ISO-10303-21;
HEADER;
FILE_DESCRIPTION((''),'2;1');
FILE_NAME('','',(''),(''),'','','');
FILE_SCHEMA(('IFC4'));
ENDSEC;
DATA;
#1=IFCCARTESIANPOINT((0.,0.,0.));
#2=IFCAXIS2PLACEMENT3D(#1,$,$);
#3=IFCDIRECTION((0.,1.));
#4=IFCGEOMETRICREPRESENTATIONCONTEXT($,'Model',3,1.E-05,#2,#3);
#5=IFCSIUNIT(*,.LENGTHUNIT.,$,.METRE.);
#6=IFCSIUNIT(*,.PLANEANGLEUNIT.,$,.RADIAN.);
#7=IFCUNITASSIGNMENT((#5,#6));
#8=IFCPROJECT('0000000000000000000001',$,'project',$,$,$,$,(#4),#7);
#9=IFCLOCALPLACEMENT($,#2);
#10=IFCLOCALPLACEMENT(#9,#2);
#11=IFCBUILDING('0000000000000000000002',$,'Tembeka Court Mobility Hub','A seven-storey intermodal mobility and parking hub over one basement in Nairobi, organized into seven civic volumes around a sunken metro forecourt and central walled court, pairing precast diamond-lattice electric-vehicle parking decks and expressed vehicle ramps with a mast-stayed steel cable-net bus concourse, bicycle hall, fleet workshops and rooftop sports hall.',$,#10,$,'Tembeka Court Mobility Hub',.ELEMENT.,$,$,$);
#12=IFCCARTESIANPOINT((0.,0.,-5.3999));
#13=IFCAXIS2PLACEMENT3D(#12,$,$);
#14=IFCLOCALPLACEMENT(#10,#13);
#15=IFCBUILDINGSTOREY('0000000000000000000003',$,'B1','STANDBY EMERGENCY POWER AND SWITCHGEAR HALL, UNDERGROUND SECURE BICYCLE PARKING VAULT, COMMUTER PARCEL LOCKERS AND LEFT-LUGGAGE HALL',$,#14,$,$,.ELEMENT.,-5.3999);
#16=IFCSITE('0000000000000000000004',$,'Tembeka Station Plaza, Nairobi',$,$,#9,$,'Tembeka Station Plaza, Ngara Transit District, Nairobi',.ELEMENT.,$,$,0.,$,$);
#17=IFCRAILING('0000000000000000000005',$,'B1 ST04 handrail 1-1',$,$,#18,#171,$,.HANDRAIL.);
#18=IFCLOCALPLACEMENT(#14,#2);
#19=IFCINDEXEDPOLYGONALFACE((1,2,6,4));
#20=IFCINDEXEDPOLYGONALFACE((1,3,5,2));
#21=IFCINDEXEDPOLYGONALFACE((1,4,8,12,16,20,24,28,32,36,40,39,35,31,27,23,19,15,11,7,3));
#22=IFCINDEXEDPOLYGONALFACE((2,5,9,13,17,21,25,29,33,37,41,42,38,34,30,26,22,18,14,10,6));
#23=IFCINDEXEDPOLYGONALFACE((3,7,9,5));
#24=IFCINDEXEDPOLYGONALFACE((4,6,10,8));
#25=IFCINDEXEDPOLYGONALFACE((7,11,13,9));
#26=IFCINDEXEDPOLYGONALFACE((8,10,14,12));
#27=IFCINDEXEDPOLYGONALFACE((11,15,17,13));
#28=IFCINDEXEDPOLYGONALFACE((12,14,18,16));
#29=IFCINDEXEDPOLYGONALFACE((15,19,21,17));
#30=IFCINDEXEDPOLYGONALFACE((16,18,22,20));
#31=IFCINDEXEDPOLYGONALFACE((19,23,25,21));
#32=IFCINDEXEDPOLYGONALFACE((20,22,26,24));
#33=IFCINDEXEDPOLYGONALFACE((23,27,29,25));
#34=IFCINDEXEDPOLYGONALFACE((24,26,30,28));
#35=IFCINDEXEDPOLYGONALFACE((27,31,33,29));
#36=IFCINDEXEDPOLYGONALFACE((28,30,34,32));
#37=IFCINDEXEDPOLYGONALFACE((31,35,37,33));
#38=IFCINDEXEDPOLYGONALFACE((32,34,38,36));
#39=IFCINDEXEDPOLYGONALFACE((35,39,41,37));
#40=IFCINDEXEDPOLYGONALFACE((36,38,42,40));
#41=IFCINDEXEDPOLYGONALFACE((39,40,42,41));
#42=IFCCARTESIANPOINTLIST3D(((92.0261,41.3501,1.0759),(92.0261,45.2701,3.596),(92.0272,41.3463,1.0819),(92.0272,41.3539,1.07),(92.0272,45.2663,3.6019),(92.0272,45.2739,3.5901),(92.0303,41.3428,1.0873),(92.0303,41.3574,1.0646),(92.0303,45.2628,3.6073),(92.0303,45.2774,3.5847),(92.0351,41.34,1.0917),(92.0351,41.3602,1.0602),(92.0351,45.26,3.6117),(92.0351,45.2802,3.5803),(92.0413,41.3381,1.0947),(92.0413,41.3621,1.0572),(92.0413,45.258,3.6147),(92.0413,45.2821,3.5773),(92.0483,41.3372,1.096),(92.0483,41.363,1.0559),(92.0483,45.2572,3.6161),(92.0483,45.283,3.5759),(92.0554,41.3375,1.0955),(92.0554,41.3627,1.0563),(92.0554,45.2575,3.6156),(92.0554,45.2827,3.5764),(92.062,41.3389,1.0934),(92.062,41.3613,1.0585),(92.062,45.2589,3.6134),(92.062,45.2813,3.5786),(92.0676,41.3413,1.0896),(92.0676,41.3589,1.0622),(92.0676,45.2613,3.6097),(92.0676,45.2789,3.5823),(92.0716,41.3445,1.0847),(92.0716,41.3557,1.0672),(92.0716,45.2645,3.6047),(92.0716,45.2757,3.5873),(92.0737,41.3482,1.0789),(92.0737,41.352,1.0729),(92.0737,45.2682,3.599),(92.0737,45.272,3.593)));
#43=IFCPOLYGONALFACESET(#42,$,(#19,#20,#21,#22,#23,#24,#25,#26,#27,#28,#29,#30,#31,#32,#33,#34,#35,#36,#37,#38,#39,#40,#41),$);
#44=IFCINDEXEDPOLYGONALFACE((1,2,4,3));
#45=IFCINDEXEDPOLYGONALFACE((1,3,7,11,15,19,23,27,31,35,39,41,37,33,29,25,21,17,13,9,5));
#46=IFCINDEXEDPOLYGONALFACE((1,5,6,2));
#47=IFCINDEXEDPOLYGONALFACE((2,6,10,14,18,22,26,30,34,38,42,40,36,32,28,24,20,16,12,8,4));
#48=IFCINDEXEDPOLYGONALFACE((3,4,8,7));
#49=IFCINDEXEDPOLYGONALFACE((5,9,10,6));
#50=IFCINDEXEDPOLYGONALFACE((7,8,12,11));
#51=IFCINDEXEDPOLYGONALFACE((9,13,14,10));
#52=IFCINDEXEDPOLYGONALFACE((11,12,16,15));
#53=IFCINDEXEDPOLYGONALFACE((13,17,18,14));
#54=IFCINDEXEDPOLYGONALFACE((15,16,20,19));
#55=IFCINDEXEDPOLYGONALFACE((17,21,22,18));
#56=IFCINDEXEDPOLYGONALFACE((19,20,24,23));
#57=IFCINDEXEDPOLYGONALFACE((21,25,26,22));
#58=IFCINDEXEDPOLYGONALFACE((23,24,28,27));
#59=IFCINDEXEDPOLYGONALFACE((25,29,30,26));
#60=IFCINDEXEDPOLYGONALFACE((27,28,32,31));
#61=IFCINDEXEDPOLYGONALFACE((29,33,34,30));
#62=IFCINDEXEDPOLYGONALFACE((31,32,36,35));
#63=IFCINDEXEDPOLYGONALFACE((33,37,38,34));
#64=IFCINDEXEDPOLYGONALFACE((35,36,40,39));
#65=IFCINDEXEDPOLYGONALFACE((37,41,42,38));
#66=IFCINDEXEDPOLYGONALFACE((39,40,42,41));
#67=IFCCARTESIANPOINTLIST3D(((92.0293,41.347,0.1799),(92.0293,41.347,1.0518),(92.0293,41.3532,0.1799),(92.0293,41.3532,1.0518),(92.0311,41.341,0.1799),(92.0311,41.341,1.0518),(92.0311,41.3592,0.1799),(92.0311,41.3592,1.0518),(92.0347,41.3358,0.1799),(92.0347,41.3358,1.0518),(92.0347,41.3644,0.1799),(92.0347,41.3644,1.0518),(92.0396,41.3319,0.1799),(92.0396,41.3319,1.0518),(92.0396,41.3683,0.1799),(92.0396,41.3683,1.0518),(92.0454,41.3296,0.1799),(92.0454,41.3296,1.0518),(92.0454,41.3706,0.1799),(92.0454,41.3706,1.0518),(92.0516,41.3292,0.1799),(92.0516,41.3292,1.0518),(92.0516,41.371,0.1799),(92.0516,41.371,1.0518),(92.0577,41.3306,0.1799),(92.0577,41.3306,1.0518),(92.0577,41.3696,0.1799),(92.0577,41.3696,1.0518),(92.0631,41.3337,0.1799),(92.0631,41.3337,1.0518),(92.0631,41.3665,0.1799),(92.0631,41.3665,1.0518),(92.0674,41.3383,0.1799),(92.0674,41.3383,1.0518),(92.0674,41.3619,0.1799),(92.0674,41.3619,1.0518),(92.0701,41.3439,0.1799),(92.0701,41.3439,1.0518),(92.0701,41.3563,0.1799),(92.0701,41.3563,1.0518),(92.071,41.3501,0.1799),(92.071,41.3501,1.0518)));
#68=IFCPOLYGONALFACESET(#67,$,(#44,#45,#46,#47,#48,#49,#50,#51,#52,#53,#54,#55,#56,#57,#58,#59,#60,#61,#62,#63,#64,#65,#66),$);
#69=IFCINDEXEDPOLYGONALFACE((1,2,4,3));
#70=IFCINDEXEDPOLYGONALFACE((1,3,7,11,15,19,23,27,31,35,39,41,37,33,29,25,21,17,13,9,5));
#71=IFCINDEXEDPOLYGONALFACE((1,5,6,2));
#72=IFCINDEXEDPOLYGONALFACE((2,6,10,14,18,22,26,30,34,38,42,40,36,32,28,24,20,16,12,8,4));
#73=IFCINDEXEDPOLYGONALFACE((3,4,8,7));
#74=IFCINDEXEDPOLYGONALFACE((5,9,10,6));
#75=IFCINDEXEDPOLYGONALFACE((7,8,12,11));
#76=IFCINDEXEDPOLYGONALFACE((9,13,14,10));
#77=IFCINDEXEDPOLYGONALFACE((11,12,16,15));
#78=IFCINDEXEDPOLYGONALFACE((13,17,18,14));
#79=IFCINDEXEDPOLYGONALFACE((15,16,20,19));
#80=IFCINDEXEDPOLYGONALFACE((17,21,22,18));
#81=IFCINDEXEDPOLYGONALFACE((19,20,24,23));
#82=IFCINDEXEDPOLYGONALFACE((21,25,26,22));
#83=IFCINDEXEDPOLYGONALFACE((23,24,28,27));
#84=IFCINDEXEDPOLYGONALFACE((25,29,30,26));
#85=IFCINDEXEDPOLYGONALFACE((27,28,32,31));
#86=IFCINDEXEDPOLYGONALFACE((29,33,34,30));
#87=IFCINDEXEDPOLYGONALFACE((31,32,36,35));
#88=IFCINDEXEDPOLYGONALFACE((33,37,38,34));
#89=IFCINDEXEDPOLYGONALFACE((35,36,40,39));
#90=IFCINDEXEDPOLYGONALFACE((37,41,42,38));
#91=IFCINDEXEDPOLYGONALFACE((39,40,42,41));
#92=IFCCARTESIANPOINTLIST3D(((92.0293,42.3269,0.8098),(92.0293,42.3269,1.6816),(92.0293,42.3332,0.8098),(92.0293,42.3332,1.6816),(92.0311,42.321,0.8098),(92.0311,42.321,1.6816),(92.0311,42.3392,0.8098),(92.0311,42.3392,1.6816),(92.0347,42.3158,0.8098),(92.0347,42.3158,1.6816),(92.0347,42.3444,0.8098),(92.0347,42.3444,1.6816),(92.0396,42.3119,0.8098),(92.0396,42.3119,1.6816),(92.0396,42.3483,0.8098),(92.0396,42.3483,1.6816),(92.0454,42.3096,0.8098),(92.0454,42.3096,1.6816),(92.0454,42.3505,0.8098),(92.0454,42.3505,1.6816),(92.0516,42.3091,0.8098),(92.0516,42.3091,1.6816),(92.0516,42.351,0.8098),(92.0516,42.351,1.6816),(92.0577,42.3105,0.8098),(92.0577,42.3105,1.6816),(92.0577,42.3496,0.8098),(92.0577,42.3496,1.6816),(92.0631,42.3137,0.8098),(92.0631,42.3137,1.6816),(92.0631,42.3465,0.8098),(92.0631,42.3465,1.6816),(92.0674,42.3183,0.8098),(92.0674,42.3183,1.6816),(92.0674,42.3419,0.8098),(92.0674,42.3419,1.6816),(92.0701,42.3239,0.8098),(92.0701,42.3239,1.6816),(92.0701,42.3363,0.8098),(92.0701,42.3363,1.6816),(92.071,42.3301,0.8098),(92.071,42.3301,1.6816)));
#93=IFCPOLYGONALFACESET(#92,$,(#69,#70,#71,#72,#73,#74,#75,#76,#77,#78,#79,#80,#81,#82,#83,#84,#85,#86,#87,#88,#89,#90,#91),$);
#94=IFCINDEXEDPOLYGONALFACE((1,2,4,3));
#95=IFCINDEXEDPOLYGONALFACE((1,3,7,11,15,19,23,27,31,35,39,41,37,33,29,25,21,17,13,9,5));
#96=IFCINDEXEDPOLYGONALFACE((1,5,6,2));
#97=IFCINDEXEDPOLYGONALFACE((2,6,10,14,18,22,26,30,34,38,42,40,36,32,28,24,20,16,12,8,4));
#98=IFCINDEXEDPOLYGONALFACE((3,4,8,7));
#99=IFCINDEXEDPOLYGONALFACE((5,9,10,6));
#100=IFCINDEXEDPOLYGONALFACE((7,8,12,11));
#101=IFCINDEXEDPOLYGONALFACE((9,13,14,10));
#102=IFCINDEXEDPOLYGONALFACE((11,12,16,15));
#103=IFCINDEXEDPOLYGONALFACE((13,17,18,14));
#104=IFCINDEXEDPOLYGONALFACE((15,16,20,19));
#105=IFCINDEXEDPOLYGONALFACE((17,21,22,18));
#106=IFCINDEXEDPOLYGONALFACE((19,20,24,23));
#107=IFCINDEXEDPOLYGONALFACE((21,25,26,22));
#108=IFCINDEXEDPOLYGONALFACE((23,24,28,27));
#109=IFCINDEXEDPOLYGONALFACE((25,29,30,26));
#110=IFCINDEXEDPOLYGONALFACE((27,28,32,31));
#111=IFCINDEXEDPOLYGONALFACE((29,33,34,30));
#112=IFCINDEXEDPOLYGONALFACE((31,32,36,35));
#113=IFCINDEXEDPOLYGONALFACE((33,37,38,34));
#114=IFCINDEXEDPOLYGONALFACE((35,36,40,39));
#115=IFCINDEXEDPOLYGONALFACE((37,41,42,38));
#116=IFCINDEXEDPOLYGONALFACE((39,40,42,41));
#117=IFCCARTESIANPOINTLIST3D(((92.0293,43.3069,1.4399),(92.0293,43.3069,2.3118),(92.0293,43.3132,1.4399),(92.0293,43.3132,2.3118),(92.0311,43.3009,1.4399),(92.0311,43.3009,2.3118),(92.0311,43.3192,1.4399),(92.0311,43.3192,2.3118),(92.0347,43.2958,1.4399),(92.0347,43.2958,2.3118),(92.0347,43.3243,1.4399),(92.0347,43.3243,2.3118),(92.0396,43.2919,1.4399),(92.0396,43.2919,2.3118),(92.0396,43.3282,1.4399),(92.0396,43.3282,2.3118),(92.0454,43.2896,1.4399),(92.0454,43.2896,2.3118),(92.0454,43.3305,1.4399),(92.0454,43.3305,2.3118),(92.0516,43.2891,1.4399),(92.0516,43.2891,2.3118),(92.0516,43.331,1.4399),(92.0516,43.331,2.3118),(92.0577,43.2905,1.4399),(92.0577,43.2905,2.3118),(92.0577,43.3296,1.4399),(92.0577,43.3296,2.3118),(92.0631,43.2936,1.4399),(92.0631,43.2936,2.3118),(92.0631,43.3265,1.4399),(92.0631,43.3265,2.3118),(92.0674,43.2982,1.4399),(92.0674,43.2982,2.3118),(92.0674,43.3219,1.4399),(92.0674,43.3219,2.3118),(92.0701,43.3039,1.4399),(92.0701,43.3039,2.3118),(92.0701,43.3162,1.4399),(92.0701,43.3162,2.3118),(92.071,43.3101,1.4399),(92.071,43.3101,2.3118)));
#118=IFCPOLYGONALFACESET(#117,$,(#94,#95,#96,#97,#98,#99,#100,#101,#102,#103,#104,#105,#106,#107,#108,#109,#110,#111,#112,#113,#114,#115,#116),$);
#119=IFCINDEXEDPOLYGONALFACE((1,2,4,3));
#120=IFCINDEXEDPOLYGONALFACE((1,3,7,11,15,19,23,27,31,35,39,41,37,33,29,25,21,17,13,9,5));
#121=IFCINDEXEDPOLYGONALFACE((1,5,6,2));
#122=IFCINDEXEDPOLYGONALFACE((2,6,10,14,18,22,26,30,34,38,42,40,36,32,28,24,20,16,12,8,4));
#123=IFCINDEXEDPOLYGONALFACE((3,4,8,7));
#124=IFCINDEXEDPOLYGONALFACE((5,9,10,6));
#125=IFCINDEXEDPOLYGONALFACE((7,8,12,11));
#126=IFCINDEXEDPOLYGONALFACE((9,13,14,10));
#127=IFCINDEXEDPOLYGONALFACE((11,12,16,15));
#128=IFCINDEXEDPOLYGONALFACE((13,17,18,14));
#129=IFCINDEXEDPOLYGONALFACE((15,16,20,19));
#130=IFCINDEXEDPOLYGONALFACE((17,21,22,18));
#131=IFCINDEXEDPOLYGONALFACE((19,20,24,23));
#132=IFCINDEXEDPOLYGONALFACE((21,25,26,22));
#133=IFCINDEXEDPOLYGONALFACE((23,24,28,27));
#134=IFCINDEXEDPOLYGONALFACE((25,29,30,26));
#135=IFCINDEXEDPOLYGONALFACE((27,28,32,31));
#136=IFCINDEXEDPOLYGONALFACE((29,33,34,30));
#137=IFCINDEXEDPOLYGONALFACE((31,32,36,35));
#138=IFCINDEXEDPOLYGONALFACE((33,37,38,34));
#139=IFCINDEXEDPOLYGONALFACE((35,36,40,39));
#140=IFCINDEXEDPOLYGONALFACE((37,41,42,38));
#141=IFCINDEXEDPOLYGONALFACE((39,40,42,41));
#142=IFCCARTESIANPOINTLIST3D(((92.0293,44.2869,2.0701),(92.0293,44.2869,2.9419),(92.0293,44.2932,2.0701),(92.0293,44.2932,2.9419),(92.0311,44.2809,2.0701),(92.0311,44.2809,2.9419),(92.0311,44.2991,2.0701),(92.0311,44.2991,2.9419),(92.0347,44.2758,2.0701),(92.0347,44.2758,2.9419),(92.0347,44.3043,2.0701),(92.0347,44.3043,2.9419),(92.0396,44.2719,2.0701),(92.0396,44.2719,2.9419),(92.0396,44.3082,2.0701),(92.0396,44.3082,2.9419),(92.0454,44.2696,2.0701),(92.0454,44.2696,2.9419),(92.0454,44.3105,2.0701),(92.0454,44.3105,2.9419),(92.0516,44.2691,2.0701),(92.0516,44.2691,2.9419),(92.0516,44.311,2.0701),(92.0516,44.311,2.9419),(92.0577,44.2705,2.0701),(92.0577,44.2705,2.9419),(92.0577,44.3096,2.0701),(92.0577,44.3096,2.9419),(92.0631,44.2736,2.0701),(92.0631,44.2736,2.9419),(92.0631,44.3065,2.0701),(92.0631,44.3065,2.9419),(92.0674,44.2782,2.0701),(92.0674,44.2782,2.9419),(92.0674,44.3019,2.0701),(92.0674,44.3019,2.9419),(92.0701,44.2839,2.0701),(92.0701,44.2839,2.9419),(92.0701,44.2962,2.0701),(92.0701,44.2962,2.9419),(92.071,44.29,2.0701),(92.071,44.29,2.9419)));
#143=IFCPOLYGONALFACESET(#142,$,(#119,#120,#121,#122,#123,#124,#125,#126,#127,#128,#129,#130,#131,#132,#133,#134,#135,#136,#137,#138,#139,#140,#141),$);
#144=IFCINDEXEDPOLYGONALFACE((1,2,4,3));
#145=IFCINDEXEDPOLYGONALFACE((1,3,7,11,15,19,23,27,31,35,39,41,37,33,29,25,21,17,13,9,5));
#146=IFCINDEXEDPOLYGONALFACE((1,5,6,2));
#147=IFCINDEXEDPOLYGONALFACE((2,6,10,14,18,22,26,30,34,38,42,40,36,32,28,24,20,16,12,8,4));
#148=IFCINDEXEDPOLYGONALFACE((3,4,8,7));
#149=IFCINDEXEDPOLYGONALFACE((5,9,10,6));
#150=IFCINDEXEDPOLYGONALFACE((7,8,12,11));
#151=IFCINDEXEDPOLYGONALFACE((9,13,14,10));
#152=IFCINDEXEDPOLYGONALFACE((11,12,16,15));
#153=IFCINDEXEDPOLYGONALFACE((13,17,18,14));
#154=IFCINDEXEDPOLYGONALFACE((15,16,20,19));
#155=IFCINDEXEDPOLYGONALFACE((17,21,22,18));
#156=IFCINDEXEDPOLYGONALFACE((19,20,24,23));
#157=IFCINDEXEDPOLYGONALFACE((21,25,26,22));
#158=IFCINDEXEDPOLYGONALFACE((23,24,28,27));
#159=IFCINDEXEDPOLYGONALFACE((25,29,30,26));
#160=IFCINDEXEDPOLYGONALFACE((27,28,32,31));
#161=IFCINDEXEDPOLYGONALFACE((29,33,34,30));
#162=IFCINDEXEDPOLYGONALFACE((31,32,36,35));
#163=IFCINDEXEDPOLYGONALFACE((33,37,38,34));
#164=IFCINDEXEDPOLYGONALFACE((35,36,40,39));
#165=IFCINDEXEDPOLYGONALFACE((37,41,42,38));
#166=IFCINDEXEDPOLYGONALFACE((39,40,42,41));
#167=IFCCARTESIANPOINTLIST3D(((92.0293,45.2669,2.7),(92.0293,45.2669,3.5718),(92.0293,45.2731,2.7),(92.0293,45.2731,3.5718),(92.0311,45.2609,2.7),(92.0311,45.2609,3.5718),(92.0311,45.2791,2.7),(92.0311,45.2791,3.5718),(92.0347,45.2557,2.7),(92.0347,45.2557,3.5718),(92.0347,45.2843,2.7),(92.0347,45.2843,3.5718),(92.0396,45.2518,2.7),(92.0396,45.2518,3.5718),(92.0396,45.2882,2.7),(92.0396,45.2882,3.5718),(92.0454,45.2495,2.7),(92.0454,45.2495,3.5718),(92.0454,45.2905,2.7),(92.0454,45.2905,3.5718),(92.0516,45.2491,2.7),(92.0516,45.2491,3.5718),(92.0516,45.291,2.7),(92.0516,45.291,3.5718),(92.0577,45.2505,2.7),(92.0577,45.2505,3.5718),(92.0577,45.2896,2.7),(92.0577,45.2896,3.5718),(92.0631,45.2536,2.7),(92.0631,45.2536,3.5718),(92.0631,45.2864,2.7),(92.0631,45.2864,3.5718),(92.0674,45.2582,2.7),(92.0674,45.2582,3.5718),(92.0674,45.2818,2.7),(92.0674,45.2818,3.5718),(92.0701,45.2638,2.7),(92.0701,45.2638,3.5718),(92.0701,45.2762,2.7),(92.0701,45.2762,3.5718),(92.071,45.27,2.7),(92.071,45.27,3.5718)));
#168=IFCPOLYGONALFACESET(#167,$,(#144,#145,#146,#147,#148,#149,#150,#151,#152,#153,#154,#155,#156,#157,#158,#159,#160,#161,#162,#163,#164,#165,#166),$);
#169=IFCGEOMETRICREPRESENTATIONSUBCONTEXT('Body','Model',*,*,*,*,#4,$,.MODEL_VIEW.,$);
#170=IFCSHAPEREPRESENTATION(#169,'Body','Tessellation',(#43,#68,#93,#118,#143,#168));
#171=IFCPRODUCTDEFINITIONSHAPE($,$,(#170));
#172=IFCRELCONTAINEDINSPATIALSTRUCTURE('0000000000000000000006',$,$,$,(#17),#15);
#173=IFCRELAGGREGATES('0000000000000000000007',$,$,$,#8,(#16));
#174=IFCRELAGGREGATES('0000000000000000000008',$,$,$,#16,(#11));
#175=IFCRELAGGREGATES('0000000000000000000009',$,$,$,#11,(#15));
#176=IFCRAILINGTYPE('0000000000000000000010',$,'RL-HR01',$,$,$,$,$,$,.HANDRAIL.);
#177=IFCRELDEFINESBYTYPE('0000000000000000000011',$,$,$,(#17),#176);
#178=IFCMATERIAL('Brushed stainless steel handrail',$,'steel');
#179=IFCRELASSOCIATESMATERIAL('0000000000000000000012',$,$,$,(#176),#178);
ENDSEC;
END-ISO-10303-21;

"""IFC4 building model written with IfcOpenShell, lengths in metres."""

from ifc_helpers import new_model, si_unit, direction, frame, origin, origin_2d, place, context, subcontext, project, spatial, circle, extrude, material, type_object, element, save


model = new_model("IFC4")

# Units and contexts
model_context = context("Model", 3, precision=1e-05, world=origin(), true_north=direction((0.0, 1.0)))
body_context = subcontext(model_context, "Body", "Model", "MODEL_VIEW")
ifc_project = project(units=[si_unit("LENGTHUNIT", "METRE"), si_unit("PLANEANGLEUNIT", "RADIAN")], contexts=[model_context])

# Site, building, storey
site_placement = place(None, origin())
site = spatial("IfcSite", under=ifc_project, at=site_placement, Name="Tembeka Station Plaza, Nairobi", LongName="Tembeka Station Plaza, Ngara Transit District, Nairobi", CompositionType="ELEMENT", RefElevation=0.0)
building_placement = place(site_placement, origin())
building = spatial("IfcBuilding", under=site, at=building_placement, Name="Tembeka Court Mobility Hub", Description="A seven-storey intermodal mobility and parking hub over one basement in Nairobi, organized into seven civic volumes around a sunken metro forecourt and central walled court, pairing precast diamond-lattice electric-vehicle parking decks and expressed vehicle ramps with a mast-stayed steel cable-net bus concourse, bicycle hall, fleet workshops and rooftop sports hall.", LongName="Tembeka Court Mobility Hub", CompositionType="ELEMENT")
storey_placement = place(building_placement, frame((0.0, 0.0, -5.3999)))
storey = spatial("IfcBuildingStorey", under=building, at=storey_placement, Name="B1", Description="STANDBY EMERGENCY POWER AND SWITCHGEAR HALL, UNDERGROUND SECURE BICYCLE PARKING VAULT, COMMUTER PARCEL LOCKERS AND LEFT-LUGGAGE HALL", CompositionType="ELEMENT", Elevation=-5.3999)

# Railing
ifc_material_1 = material(Name="Brushed stainless steel handrail", Category="steel")
railing_type_1 = type_object("IfcRailingType", Name="RL-HR01", PredefinedType="HANDRAIL", material=ifc_material_1)
railing_1_placement = place(storey_placement, frame((92.05, 41.3501, 0.1799)))
element("IfcRailing", 1, at=railing_1_placement, inside=storey, type_object=railing_type_1, Name="B1 ST04 handrail 1-1", PredefinedType="HANDRAIL", context=body_context, shape_type="SweptSolid", body=[
    extrude(circle(Radius=0.0239, at=origin_2d()), frame((0.0, 0.0, 0.896), z_axis=(0.0, 0.841172, 0.540768), x_axis=(-1.0, 0.0, 0.0)), (0.0, 0.0, 1.0), 4.6602),
    extrude(circle(Radius=0.021, at=origin_2d()), origin(), (0.0, 0.0, 1.0), 0.8718),
    extrude(circle(Radius=0.021, at=origin_2d()), frame((0.0, 0.98, 0.6299)), (0.0, 0.0, 1.0), 0.8718),
    extrude(circle(Radius=0.021, at=origin_2d()), frame((0.0, 1.96, 1.26)), (0.0, 0.0, 1.0), 0.8718),
    extrude(circle(Radius=0.021, at=origin_2d()), frame((0.0, 2.9399, 1.8901)), (0.0, 0.0, 1.0), 0.8718),
    extrude(circle(Radius=0.021, at=origin_2d()), frame((0.0, 3.9199, 2.52)), (0.0, 0.0, 1.0), 0.8718),
])

save(model, "model.ifc")
